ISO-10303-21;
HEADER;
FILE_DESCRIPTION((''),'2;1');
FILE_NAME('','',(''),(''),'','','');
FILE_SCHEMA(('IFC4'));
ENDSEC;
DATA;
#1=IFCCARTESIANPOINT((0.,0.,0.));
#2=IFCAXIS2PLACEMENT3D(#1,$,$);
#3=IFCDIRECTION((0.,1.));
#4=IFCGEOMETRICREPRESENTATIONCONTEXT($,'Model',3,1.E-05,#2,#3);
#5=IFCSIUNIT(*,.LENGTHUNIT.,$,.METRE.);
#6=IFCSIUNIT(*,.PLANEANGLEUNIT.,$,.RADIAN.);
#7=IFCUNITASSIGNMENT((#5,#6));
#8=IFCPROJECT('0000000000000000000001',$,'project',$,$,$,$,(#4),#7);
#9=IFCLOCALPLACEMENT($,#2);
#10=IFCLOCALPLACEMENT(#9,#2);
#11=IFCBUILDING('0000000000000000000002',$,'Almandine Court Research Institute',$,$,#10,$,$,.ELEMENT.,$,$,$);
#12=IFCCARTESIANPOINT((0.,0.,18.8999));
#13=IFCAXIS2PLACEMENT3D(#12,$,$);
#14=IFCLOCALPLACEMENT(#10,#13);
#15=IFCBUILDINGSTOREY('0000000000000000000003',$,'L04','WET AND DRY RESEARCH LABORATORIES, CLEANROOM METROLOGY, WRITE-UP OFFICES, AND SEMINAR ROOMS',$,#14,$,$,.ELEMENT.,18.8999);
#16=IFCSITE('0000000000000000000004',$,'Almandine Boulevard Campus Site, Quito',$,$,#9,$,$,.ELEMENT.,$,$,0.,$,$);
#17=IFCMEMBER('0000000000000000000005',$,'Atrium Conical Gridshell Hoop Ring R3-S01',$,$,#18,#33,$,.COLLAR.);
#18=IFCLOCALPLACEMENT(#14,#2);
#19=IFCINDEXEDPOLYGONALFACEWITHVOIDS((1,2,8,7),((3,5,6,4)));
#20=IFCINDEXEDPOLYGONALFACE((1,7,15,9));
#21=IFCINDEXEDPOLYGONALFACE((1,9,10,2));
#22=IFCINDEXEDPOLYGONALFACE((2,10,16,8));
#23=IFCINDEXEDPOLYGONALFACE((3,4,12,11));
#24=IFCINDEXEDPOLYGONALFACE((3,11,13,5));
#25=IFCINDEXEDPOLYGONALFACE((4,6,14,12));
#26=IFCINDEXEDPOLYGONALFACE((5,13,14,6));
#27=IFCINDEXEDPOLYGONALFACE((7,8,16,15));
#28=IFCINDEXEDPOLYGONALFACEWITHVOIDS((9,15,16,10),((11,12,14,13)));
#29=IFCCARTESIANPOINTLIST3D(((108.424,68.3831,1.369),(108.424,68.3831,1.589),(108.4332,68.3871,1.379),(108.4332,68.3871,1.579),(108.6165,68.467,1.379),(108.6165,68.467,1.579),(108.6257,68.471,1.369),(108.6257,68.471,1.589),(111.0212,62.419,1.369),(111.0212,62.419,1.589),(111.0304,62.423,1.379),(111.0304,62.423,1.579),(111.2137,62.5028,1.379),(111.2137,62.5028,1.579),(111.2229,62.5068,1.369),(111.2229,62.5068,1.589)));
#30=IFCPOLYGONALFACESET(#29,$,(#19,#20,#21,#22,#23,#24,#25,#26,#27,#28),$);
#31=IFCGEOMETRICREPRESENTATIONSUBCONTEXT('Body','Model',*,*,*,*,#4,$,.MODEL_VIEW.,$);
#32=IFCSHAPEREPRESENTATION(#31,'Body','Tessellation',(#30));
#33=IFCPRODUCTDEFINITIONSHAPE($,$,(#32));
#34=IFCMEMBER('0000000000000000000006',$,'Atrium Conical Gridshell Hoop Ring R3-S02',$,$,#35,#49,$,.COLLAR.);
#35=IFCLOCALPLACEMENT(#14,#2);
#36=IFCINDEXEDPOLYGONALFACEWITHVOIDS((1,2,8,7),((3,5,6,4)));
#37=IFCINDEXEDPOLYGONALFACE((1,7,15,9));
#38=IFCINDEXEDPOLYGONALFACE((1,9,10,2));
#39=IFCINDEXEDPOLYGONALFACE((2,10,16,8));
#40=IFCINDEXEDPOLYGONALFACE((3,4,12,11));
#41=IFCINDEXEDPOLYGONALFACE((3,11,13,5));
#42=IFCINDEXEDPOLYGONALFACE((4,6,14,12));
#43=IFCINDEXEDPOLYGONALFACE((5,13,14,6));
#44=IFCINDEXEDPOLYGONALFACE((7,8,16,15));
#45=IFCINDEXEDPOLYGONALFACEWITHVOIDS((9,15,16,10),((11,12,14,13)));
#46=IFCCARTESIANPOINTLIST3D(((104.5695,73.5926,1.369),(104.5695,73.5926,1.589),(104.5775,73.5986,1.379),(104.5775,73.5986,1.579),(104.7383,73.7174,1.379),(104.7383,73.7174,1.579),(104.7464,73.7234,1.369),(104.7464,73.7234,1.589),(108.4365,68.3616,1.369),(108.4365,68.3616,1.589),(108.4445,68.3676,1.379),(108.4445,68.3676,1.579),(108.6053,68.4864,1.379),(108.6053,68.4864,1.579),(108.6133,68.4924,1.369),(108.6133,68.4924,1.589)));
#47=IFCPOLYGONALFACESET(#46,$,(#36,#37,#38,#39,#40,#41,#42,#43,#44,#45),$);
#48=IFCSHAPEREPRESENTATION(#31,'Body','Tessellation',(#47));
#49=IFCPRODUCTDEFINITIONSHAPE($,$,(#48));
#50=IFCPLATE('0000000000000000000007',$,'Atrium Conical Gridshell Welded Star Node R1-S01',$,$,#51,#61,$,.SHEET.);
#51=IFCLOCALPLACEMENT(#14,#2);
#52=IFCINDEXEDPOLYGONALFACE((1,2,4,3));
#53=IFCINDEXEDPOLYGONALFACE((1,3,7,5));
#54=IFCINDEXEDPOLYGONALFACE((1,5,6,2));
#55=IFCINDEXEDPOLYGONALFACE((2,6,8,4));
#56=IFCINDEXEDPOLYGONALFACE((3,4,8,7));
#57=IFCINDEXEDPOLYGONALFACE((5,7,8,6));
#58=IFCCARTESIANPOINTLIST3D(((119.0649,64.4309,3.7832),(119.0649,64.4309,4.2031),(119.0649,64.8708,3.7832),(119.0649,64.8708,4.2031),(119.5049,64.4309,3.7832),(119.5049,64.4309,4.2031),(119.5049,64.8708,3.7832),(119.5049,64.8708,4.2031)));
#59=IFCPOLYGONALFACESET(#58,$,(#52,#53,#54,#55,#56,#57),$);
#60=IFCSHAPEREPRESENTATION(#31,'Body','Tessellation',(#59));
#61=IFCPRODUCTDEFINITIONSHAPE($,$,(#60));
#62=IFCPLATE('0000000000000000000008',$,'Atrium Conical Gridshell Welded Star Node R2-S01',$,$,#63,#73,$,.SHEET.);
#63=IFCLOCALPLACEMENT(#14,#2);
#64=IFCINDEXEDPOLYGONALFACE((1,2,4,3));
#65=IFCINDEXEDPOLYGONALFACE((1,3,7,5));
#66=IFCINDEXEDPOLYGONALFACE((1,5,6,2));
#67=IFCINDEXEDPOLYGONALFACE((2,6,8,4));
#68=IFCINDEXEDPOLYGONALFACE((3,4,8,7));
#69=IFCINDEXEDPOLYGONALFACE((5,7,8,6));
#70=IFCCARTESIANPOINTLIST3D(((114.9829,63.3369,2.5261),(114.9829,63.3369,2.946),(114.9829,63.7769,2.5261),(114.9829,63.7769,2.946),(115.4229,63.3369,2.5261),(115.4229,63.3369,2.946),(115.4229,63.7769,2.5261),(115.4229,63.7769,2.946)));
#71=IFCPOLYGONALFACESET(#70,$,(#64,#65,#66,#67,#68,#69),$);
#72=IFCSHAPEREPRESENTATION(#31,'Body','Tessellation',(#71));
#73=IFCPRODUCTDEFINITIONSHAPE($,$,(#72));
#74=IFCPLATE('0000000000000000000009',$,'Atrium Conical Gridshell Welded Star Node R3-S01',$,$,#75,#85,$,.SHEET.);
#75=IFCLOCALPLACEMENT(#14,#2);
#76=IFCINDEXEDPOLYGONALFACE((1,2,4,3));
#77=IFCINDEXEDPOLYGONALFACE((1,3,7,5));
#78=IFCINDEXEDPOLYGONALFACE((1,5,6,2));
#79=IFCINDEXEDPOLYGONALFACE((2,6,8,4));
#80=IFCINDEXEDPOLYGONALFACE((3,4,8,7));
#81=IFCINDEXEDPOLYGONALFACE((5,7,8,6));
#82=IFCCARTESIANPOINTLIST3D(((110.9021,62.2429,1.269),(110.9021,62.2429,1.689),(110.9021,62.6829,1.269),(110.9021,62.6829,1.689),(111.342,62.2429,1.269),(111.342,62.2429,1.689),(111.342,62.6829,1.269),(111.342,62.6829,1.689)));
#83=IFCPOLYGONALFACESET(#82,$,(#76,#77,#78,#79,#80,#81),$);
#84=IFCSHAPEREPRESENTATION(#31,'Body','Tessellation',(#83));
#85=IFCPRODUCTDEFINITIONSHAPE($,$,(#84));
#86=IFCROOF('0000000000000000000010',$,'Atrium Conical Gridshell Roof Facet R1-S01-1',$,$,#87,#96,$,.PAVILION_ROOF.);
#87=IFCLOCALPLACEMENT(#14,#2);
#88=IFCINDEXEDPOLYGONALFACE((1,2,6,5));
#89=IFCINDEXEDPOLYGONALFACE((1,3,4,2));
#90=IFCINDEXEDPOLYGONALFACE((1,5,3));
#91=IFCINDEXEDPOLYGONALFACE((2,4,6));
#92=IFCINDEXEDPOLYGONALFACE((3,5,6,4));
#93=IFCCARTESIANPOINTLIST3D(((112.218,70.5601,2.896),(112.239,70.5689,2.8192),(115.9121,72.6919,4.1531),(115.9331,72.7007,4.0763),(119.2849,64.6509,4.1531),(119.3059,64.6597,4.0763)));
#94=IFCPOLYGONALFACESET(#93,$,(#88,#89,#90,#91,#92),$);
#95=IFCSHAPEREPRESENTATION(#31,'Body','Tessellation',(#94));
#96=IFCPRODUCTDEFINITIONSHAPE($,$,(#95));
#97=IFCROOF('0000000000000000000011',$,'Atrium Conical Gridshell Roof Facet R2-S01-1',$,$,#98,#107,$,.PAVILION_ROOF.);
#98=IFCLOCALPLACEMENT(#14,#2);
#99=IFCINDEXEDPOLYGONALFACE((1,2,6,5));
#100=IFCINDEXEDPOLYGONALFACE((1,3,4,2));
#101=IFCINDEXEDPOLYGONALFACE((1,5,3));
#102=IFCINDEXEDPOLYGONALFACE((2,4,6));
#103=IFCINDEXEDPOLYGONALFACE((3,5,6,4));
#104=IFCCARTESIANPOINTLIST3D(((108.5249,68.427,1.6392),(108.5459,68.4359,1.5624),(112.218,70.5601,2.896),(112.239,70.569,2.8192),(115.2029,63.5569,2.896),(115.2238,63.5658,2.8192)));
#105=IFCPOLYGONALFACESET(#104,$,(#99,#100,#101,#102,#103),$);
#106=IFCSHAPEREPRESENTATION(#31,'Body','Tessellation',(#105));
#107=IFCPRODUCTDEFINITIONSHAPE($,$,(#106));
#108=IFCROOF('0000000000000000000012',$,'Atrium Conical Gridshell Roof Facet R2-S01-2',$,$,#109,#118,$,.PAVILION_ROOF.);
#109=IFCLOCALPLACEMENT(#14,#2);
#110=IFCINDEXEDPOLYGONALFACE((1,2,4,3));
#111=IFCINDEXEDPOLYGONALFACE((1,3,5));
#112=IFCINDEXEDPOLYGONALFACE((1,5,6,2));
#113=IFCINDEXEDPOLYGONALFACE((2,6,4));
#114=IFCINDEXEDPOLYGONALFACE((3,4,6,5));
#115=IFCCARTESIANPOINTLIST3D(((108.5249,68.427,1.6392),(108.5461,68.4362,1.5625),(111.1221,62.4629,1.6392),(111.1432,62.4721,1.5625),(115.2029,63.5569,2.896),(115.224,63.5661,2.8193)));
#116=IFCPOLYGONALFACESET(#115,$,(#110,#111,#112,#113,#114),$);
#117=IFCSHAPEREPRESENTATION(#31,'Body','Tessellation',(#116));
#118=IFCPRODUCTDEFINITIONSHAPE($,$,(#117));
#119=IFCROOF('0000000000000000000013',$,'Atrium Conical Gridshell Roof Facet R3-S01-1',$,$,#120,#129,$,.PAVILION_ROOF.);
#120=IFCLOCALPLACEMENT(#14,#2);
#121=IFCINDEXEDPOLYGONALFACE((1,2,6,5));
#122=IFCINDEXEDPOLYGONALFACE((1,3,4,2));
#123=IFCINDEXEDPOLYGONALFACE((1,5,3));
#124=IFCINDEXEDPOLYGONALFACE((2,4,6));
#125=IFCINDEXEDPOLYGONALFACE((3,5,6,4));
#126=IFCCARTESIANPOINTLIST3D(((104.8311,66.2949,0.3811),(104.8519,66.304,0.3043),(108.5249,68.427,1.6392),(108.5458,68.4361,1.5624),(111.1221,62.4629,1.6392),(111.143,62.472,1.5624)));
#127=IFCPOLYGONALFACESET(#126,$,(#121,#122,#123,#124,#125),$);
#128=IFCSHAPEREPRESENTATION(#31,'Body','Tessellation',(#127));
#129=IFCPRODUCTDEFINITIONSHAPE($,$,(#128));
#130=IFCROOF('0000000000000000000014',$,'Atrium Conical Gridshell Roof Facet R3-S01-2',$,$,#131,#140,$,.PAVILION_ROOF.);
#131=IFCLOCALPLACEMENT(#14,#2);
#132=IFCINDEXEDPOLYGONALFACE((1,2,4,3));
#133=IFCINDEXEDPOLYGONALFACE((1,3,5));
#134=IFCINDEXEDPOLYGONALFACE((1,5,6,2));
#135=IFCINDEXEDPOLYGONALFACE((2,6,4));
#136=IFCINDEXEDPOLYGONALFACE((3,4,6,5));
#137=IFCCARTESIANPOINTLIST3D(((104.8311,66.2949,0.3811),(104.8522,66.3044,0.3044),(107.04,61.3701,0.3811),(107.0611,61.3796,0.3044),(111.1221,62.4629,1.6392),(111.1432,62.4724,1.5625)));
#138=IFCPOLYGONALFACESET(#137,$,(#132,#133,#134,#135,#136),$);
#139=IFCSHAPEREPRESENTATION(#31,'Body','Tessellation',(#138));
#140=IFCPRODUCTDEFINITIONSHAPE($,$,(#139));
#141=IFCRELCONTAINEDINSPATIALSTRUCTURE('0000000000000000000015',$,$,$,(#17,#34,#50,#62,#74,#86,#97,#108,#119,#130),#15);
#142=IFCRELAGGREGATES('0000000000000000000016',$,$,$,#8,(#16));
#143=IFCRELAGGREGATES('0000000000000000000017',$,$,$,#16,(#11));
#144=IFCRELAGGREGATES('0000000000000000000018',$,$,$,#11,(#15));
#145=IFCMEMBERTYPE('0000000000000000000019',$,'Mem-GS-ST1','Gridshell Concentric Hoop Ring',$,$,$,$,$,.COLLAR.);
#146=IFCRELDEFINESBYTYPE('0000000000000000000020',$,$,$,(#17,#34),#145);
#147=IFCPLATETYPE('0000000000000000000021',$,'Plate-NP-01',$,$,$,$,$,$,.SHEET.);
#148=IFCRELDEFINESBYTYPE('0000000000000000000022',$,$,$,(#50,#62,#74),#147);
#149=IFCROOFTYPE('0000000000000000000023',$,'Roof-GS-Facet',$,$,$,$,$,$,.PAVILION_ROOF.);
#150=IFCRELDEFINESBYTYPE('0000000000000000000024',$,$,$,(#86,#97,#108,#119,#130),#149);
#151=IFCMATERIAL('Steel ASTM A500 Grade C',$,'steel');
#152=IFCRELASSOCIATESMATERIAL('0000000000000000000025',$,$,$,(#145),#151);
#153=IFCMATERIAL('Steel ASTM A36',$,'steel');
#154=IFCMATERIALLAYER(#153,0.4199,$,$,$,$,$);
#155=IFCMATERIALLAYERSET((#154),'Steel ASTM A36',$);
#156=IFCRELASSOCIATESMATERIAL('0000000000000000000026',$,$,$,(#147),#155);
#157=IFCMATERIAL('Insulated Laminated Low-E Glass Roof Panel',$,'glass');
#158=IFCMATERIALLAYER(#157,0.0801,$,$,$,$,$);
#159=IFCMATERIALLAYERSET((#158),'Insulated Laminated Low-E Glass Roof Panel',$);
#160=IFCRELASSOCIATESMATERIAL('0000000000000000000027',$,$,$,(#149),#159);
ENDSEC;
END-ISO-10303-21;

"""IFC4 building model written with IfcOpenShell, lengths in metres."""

from ifc_helpers import new_model, si_unit, direction, frame, origin, origin_2d, place, context, subcontext, project, spatial, polyline, rectangle, hollow_rectangle, outline, extrude, material, layer, layer_set, material_profile, profile_set, type_object, element, save


model = new_model("IFC4")

# Units and contexts
model_context = context("Model", 3, precision=1e-05, world=origin(), true_north=direction((0.0, 1.0)))
body_context = subcontext(model_context, "Body", "Model", "MODEL_VIEW")
ifc_project = project(units=[si_unit("LENGTHUNIT", "METRE"), si_unit("PLANEANGLEUNIT", "RADIAN")], contexts=[model_context])

# Site, building, storey
site_placement = place(None, origin())
site = spatial("IfcSite", under=ifc_project, at=site_placement, Name="Almandine Boulevard Campus Site, Quito", CompositionType="ELEMENT", RefElevation=0.0)
building_placement = place(site_placement, origin())
building = spatial("IfcBuilding", under=site, at=building_placement, Name="Almandine Court Research Institute", CompositionType="ELEMENT")
storey_placement = place(building_placement, frame((0.0, 0.0, 18.8999)))
storey = spatial("IfcBuildingStorey", under=building, at=storey_placement, Name="L04", Description="WET AND DRY RESEARCH LABORATORIES, CLEANROOM METROLOGY, WRITE-UP OFFICES, AND SEMINAR ROOMS", CompositionType="ELEMENT", Elevation=18.8999)

# Members
ifc_material_1 = material(Name="Steel ASTM A500 Grade C", Category="steel")
ifc_material_profile_1 = material_profile(ifc_material_1, hollow_rectangle(XDim=0.22, YDim=0.22, WallThickness=0.01, at=origin_2d()), Name="HSS 220x220x10")
ifc_profile_set_1 = profile_set([ifc_material_profile_1], Name="Steel ASTM A500 Grade C")
member_type_1 = type_object("IfcMemberType", Name="Mem-GS-ST1", Description="Gridshell Concentric Hoop Ring", PredefinedType="COLLAR", material=ifc_profile_set_1)
for number, where, z_axis, x_axis, name in (
    (1, (111.1221, 62.4629, 1.479), (-0.399253, 0.916841, 0.0), (-0.916841, -0.399253, 0.0), "Atrium Conical Gridshell Hoop Ring R3-S01"),
    (2, (108.5249, 68.427, 1.479), (-0.594449, 0.804133, 0.0), (-0.804133, -0.594449, 0.0), "Atrium Conical Gridshell Hoop Ring R3-S02"),
):
    element("IfcMember", number, at=place(storey_placement, frame(where, z_axis=z_axis, x_axis=x_axis)), inside=storey, type_object=member_type_1, Name=name, PredefinedType="COLLAR", context=body_context, shape_type="SweptSolid", body=[
        extrude(hollow_rectangle(XDim=0.22, YDim=0.22, WallThickness=0.01, at=origin_2d()), origin(), (0.0, 0.0, 1.0), 6.5051),
    ])

# Plates
ifc_material_2 = material(Name="Steel ASTM A36", Category="steel")
ifc_layer_1 = layer(ifc_material_2, 0.4199)
ifc_layer_set_1 = layer_set([ifc_layer_1], Name="Steel ASTM A36")
plate_type = type_object("IfcPlateType", Name="Plate-NP-01", PredefinedType="SHEET", material=ifc_layer_set_1)
for number, where, z_axis, x_axis, name in (
    (3, (119.2849, 64.6509, 3.7832), (0.0, 0.0, 1.0), (1.0, 0.0, 0.0), "Atrium Conical Gridshell Welded Star Node R1-S01"),
    (4, (115.2029, 63.5569, 2.5261), (0.0, 0.0, 1.0), (1.0, 0.0, 0.0), "Atrium Conical Gridshell Welded Star Node R2-S01"),
    (5, (111.1221, 62.4629, 1.269), (0.0, 0.0, 1.0), (1.0, 0.0, 0.0), "Atrium Conical Gridshell Welded Star Node R3-S01"),
):
    element("IfcPlate", number, at=place(storey_placement, frame(where, z_axis=z_axis, x_axis=x_axis)), inside=storey, type_object=plate_type, Name=name, PredefinedType="SHEET", context=body_context, shape_type="SweptSolid", body=[
        extrude(rectangle(XDim=0.4399, YDim=0.4399, at=origin_2d()), origin(), (0.0, 0.0, 1.0), 0.4199),
    ])

# Roofs
ifc_material_3 = material(Name="Insulated Laminated Low-E Glass Roof Panel", Category="glass")
ifc_layer_2 = layer(ifc_material_3, 0.0801)
ifc_layer_set_2 = layer_set([ifc_layer_2], Name="Insulated Laminated Low-E Glass Roof Panel")
roof_type = type_object("IfcRoofType", Name="Roof-GS-Facet", PredefinedType="PAVILION_ROOF", material=ifc_layer_set_2)
roof_1_placement = place(storey_placement, frame((119.2849, 64.6509, 4.1531), z_axis=(-0.26263, -0.11016, 0.958588), x_axis=(-0.386801, 0.922163, 0.0)))
element("IfcRoof", 6, at=roof_1_placement, inside=storey, type_object=roof_type, Name="Atrium Conical Gridshell Roof Facet R1-S01-1", PredefinedType="PAVILION_ROOF", context=body_context, shape_type="SweptSolid", body=[
    extrude(outline(polyline([(0.0, 0.0), (8.7197, 0.0), (8.1827, 4.4139), (0.0, 0.0)])), origin(), (0.0, 0.0, -1.0), 0.0801),
])
roof_2_placement = place(storey_placement, frame((115.2029, 63.5569, 2.896), z_axis=(-0.261799, -0.111583, 0.95865), x_axis=(-0.392088, 0.919928, 0.0)))
element("IfcRoof", 7, at=roof_2_placement, inside=storey, type_object=roof_type, Name="Atrium Conical Gridshell Roof Facet R2-S01-1", PredefinedType="PAVILION_ROOF", context=body_context, shape_type="SweptSolid", body=[
    extrude(outline(polyline([(0.0, 0.0), (7.6127, 0.0), (7.0985, 4.4164), (0.0, 0.0)])), origin(), (0.0, 0.0, -1.0), 0.0801),
])
roof_3_placement = place(storey_placement, frame((115.2029, 63.5569, 2.896), z_axis=(-0.264101, -0.115007, 0.957614), x_axis=(-0.798781, 0.582535, -0.150335)))
element("IfcRoof", 8, at=roof_3_placement, inside=storey, type_object=roof_type, Name="Atrium Conical Gridshell Roof Facet R2-S01-2", PredefinedType="PAVILION_ROOF", context=body_context, shape_type="SweptSolid", body=[
    extrude(outline(polyline([(0.0, 0.0), (8.3602, 0.0), (2.8113, 3.395), (0.0, 0.0)])), origin(), (0.0, 0.0, -1.0), 0.0801),
])
roof_4_placement = place(storey_placement, frame((111.1221, 62.4629, 1.6392), z_axis=(-0.260917, -0.113621, 0.958651), x_axis=(-0.399253, 0.916841, 0.0)))
element("IfcRoof", 9, at=roof_4_placement, inside=storey, type_object=roof_type, Name="Atrium Conical Gridshell Roof Facet R3-S01-1", PredefinedType="PAVILION_ROOF", context=body_context, shape_type="SweptSolid", body=[
    extrude(outline(polyline([(0.0, 0.0), (6.5051, 0.0), (6.0251, 4.4207), (0.0, 0.0)])), origin(), (0.0, 0.0, -1.0), 0.0801),
])
roof_5_placement = place(storey_placement, frame((111.1221, 62.4629, 1.6392), z_axis=(-0.263436, -0.118162, 0.957413), x_axis=(-0.841845, 0.512791, -0.168349)))
element("IfcRoof", 10, at=roof_5_placement, inside=storey, type_object=roof_type, Name="Atrium Conical Gridshell Roof Facet R3-S01-2", PredefinedType="PAVILION_ROOF", context=body_context, shape_type="SweptSolid", body=[
    extrude(outline(polyline([(0.0, 0.0), (7.4729, 0.0), (3.0879, 3.1472), (0.0, 0.0)])), origin(), (0.0, 0.0, -1.0), 0.0801),
])

save(model, "model.ifc")
